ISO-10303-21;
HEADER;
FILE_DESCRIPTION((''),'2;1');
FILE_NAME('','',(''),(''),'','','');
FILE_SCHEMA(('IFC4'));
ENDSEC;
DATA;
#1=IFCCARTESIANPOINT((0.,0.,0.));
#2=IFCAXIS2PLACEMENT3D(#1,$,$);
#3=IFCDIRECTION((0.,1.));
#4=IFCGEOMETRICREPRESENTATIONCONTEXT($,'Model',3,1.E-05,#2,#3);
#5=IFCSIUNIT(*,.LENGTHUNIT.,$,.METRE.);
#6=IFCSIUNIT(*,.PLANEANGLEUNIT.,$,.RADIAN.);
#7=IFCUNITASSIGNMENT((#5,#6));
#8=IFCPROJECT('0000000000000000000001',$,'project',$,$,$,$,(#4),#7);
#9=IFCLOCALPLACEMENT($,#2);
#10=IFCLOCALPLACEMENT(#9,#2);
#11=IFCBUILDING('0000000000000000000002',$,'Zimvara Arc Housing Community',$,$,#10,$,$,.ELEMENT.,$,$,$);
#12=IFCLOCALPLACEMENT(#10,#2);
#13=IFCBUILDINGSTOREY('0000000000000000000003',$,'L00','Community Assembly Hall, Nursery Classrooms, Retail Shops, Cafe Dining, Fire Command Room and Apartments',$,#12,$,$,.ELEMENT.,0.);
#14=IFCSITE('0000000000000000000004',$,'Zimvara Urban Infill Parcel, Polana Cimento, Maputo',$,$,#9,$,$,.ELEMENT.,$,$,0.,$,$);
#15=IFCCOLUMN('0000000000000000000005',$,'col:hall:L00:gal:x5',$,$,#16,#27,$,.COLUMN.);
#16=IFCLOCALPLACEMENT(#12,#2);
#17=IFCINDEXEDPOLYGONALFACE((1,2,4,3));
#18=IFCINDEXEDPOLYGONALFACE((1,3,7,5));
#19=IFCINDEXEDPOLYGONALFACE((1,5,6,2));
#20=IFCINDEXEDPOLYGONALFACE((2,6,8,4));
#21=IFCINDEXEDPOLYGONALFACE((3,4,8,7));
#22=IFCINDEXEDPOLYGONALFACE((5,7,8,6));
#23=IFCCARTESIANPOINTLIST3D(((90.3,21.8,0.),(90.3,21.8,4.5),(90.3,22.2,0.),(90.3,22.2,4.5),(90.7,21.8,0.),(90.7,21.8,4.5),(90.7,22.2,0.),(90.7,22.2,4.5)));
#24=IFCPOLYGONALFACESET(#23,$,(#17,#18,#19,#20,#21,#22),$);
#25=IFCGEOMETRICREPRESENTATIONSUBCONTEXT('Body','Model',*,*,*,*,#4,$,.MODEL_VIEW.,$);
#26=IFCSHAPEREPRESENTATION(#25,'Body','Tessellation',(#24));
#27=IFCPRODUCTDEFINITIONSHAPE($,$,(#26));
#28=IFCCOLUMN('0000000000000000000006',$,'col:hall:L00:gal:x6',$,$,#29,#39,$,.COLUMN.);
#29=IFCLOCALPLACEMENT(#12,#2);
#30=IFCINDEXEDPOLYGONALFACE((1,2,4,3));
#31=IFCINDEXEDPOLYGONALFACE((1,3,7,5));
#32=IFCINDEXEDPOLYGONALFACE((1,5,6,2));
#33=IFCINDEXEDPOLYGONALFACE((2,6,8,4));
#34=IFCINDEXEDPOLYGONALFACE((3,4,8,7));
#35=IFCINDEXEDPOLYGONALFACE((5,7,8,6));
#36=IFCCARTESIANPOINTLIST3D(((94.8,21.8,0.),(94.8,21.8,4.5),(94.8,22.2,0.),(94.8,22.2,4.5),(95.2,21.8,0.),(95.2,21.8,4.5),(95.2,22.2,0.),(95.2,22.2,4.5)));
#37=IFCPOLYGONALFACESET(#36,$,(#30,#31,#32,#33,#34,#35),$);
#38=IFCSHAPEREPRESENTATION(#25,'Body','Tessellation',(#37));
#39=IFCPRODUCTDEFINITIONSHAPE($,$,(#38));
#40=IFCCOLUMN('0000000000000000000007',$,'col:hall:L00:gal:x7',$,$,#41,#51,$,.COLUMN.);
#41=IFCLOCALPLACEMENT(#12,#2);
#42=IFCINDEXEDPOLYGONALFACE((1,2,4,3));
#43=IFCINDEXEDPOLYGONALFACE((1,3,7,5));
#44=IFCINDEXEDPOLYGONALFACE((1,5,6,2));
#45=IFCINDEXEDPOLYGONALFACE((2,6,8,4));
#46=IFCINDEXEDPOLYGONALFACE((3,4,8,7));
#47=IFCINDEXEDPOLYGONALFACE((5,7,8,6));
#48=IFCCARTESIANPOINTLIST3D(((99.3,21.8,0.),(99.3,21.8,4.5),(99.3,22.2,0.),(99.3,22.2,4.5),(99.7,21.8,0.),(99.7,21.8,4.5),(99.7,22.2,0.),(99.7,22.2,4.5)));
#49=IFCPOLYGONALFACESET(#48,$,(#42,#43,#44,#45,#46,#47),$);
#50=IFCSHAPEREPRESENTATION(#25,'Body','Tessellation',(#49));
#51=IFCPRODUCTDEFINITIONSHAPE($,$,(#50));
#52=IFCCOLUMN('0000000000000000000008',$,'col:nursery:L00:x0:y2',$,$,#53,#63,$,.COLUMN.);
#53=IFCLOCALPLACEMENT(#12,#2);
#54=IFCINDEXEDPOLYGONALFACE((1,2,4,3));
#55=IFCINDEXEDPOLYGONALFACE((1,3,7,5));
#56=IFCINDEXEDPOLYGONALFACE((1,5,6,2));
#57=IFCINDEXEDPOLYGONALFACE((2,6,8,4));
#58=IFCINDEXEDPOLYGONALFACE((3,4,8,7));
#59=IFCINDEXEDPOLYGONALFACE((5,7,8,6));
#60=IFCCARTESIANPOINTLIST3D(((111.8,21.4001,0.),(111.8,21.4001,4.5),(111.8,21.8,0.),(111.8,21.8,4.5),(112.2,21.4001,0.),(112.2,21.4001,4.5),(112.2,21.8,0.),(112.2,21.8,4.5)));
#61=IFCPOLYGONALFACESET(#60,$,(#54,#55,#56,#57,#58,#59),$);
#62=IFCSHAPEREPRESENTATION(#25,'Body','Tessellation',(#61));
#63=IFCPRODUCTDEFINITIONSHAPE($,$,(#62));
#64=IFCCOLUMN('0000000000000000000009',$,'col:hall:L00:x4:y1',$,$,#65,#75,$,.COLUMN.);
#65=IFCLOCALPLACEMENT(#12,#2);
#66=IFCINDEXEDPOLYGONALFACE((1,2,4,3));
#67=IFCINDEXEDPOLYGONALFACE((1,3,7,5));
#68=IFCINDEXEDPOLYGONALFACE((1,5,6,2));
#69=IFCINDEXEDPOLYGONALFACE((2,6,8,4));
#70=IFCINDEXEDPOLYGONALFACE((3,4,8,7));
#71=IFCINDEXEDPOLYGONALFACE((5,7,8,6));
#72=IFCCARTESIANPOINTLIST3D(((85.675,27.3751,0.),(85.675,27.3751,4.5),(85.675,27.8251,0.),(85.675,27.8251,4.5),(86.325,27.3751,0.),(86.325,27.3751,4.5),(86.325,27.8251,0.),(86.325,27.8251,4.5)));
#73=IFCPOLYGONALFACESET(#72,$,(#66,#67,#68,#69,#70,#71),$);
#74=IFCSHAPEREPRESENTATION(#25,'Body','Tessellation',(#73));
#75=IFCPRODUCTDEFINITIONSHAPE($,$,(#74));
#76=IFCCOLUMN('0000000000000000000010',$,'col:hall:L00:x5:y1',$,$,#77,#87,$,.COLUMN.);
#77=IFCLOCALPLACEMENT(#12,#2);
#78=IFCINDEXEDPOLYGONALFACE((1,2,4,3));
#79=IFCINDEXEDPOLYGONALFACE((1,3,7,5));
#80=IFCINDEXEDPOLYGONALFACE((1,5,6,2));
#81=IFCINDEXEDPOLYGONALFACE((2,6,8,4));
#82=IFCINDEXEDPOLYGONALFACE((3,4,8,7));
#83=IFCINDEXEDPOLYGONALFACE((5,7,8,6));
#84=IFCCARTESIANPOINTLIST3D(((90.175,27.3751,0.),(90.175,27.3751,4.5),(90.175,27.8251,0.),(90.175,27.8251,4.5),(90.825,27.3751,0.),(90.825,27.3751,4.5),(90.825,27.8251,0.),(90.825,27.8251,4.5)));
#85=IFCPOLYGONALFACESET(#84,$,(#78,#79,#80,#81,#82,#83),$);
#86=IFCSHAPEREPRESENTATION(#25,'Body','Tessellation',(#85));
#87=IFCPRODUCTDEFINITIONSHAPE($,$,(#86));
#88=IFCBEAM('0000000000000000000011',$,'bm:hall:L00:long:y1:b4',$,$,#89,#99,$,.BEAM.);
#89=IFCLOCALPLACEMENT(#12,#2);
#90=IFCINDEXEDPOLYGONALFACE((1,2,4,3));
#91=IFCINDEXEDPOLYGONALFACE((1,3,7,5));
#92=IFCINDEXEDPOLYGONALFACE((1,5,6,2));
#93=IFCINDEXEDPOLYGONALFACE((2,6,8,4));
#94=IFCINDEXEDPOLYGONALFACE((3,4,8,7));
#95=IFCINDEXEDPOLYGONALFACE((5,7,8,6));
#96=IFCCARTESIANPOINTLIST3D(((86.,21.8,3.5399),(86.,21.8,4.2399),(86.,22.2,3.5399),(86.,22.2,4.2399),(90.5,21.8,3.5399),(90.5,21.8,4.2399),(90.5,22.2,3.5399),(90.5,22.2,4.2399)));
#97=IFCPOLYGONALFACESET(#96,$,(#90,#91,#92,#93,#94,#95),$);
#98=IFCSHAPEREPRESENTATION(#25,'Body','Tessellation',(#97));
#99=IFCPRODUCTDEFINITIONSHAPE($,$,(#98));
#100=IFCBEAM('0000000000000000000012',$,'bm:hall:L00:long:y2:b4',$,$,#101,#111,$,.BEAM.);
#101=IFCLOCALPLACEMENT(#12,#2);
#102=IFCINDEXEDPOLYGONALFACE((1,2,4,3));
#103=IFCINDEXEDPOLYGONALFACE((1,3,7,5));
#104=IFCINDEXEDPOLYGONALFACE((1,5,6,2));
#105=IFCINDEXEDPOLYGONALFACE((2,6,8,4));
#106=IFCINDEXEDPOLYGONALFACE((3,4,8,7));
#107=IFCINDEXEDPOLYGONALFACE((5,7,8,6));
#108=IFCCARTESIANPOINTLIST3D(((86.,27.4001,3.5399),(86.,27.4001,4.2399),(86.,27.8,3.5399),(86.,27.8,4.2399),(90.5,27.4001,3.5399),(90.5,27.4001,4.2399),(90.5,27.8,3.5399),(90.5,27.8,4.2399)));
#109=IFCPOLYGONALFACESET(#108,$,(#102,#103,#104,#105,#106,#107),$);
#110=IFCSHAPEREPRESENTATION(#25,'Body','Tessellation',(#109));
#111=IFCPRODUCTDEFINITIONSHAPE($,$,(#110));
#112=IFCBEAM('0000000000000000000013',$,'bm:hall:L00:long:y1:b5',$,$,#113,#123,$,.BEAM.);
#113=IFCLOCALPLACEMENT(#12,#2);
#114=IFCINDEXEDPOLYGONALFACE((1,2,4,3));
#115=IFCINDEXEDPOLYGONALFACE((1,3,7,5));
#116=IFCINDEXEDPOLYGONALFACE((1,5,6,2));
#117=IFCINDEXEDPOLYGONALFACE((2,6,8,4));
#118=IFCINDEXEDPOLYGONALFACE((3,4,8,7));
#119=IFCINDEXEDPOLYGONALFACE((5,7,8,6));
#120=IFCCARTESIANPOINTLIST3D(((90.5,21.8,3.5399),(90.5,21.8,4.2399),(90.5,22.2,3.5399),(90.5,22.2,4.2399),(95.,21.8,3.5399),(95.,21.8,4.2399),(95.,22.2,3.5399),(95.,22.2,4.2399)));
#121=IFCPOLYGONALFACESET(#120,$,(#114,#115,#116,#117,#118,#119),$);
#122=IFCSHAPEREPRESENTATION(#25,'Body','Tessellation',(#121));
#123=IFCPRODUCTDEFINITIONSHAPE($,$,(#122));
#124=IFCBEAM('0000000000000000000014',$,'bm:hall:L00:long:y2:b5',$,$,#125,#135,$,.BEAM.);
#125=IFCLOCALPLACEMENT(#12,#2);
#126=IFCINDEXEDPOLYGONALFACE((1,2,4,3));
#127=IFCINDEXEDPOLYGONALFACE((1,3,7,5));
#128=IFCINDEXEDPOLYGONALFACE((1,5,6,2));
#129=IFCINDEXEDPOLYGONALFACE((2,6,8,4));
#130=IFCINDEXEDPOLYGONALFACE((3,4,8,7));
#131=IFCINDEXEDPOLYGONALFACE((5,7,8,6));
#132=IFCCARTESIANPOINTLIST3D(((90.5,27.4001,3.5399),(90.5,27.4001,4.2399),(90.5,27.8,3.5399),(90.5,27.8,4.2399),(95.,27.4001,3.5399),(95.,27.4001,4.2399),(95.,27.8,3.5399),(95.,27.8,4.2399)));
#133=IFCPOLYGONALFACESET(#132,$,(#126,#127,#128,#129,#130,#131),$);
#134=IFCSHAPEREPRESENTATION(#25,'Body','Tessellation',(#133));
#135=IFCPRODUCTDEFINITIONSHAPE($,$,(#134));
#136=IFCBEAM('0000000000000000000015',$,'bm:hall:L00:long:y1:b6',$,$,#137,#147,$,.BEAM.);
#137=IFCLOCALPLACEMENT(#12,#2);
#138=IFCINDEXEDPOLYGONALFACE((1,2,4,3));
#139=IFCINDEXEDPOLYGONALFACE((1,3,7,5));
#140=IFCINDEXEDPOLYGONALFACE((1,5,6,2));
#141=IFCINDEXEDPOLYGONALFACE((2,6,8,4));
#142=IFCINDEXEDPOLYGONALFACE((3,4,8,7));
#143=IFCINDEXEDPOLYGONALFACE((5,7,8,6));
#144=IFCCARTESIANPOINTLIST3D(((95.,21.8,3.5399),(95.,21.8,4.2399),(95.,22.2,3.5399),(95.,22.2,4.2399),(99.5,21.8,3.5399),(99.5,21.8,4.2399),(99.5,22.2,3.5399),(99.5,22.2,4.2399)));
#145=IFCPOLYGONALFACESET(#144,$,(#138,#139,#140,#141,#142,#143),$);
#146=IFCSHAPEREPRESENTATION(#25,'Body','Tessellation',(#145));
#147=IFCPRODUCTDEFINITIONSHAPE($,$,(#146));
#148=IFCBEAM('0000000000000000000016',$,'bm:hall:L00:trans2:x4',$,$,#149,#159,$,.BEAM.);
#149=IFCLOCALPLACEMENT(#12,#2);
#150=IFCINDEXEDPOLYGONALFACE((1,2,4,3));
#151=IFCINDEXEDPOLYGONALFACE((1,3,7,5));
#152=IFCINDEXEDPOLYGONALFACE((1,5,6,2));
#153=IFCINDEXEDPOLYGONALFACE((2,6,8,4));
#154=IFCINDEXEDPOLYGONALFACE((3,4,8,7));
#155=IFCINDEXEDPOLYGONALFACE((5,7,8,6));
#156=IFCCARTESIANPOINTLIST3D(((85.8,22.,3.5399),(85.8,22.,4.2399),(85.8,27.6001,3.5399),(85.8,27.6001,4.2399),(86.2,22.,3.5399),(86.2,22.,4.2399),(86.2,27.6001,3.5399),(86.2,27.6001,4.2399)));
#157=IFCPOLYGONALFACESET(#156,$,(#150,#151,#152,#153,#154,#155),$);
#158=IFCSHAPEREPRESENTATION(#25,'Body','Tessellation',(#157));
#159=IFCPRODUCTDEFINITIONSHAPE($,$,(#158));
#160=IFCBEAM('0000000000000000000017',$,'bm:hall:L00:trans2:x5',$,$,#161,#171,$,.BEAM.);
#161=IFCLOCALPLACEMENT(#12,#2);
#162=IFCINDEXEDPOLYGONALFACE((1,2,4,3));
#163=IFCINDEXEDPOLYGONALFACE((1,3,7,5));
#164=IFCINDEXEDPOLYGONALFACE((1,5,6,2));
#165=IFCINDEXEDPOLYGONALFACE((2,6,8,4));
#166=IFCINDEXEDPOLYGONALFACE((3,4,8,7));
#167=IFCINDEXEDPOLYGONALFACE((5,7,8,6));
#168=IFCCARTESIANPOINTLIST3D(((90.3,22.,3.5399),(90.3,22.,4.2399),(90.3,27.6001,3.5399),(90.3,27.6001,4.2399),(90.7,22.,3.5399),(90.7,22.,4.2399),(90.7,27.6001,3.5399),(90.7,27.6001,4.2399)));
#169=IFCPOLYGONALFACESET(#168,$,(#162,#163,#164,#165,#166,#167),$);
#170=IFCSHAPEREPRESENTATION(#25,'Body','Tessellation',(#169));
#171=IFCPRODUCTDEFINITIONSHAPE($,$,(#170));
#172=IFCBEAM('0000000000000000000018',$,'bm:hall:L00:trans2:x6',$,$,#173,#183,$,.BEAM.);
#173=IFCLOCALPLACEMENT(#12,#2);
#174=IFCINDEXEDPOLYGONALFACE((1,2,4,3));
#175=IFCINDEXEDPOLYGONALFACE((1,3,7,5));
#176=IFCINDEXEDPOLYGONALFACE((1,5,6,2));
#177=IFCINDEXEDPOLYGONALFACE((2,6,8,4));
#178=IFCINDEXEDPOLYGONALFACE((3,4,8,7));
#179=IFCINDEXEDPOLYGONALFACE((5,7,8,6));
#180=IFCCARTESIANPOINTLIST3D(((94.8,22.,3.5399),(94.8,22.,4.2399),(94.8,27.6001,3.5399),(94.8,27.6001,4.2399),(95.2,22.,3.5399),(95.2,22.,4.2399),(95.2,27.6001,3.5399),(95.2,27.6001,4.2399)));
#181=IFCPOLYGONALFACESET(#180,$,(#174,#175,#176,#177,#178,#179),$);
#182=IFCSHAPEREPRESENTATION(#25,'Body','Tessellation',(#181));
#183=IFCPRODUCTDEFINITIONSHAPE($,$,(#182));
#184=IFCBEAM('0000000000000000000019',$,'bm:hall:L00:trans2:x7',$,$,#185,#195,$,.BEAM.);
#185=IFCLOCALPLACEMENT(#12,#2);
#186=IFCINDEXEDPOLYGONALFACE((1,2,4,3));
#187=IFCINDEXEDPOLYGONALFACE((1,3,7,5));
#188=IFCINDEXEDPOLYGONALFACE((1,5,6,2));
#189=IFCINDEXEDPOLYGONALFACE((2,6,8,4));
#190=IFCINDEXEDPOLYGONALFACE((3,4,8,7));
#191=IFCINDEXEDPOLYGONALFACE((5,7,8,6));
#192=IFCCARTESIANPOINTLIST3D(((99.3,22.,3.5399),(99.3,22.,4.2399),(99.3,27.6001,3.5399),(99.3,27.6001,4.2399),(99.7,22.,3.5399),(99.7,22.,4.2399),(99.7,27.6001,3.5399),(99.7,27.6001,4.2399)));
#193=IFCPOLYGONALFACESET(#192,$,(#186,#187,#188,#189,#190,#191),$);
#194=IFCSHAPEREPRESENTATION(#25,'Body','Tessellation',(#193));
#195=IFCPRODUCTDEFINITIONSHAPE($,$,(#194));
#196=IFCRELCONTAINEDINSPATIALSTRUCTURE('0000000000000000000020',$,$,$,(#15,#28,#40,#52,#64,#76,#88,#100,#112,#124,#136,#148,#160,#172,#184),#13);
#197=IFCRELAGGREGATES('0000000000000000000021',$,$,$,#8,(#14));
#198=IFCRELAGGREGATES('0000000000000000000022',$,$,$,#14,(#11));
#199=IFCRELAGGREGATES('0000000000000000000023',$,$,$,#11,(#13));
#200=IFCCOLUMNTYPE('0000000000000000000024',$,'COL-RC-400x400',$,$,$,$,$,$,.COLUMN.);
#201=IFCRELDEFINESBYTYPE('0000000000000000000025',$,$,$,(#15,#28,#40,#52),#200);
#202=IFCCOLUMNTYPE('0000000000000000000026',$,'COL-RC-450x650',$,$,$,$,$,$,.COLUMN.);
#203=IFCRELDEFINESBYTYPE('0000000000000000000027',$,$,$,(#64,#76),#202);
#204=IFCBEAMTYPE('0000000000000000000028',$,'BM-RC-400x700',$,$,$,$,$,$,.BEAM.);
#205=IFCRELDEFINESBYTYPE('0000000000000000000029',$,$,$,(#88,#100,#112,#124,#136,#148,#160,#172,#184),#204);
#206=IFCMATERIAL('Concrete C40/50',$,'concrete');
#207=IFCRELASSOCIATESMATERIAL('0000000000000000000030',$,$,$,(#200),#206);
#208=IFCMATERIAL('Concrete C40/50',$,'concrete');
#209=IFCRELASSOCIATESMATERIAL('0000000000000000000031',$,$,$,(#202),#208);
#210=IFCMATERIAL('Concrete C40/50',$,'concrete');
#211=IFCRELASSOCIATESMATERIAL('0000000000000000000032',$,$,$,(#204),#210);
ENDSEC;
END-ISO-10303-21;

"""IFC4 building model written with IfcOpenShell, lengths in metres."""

from ifc_helpers import new_model, si_unit, direction, frame, origin, origin_2d, place, context, subcontext, project, spatial, rectangle, extrude, material, material_profile, profile_set, type_object, element, save


model = new_model("IFC4")

# Units and contexts
model_context = context("Model", 3, precision=1e-05, world=origin(), true_north=direction((0.0, 1.0)))
body_context = subcontext(model_context, "Body", "Model", "MODEL_VIEW")
ifc_project = project(units=[si_unit("LENGTHUNIT", "METRE"), si_unit("PLANEANGLEUNIT", "RADIAN")], contexts=[model_context])

# Site, building, storey
site_placement = place(None, origin())
site = spatial("IfcSite", under=ifc_project, at=site_placement, Name="Zimvara Urban Infill Parcel, Polana Cimento, Maputo", CompositionType="ELEMENT", RefElevation=0.0)
building_placement = place(site_placement, origin())
building = spatial("IfcBuilding", under=site, at=building_placement, Name="Zimvara Arc Housing Community", CompositionType="ELEMENT")
storey_placement = place(building_placement, origin())
storey = spatial("IfcBuildingStorey", under=building, at=storey_placement, Name="L00", Description="Community Assembly Hall, Nursery Classrooms, Retail Shops, Cafe Dining, Fire Command Room and Apartments", CompositionType="ELEMENT", Elevation=0.0)

# Columns
ifc_material_1 = material(Name="Concrete C40/50", Category="concrete")
ifc_material_profile_1 = material_profile(ifc_material_1, rectangle(XDim=0.3999, YDim=0.3999, at=origin_2d()), Name="RC 400x400")
ifc_profile_set_1 = profile_set([ifc_material_profile_1], Name="Concrete C40/50")
column_type_1 = type_object("IfcColumnType", Name="COL-RC-400x400", PredefinedType="COLUMN", material=ifc_profile_set_1)
for number, where, z_axis, x_axis, name in (
    (1, (90.5, 22.0, 0.0), (0.0, 0.0, 1.0), (1.0, 0.0, 0.0), "col:hall:L00:gal:x5"),
    (2, (95.0, 22.0, 0.0), (0.0, 0.0, 1.0), (1.0, 0.0, 0.0), "col:hall:L00:gal:x6"),
    (3, (99.5, 22.0, 0.0), (0.0, 0.0, 1.0), (1.0, 0.0, 0.0), "col:hall:L00:gal:x7"),
    (4, (112.0, 21.6001, 0.0), (0.0, 0.0, 1.0), (1.0, 0.0, 0.0), "col:nursery:L00:x0:y2"),
):
    element("IfcColumn", number, at=place(storey_placement, frame(where, z_axis=z_axis, x_axis=x_axis)), inside=storey, type_object=column_type_1, Name=name, PredefinedType="COLUMN", context=body_context, shape_type="SweptSolid", body=[
        extrude(rectangle(XDim=0.3999, YDim=0.3999, at=origin_2d()), origin(), (0.0, 0.0, 1.0), 4.5),
    ])
ifc_material_2 = material(Name="Concrete C40/50", Category="concrete")
ifc_material_profile_2 = material_profile(ifc_material_2, rectangle(XDim=0.45, YDim=0.6499, at=origin_2d()), Name="RC 450x650")
ifc_profile_set_2 = profile_set([ifc_material_profile_2], Name="Concrete C40/50")
column_type_2 = type_object("IfcColumnType", Name="COL-RC-450x650", PredefinedType="COLUMN", material=ifc_profile_set_2)
for number, where, z_axis, x_axis, name in (
    (5, (86.0, 27.6001, 0.0), (0.0, 0.0, 1.0), (0.0, 1.0, 0.0), "col:hall:L00:x4:y1"),
    (6, (90.5, 27.6001, 0.0), (0.0, 0.0, 1.0), (0.0, 1.0, 0.0), "col:hall:L00:x5:y1"),
):
    element("IfcColumn", number, at=place(storey_placement, frame(where, z_axis=z_axis, x_axis=x_axis)), inside=storey, type_object=column_type_2, Name=name, PredefinedType="COLUMN", context=body_context, shape_type="SweptSolid", body=[
        extrude(rectangle(XDim=0.45, YDim=0.6499, at=origin_2d()), origin(), (0.0, 0.0, 1.0), 4.5),
    ])

# Beams
ifc_material_3 = material(Name="Concrete C40/50", Category="concrete")
ifc_material_profile_3 = material_profile(ifc_material_3, rectangle(XDim=0.3999, YDim=0.7, at=origin_2d()), Name="RC 400x700")
ifc_profile_set_3 = profile_set([ifc_material_profile_3], Name="Concrete C40/50")
beam_type_1 = type_object("IfcBeamType", Name="BM-RC-400x700", PredefinedType="BEAM", material=ifc_profile_set_3)
for number, where, z_axis, x_axis, name in (
    (7, (86.0, 22.0, 3.8899), (1.0, 0.0, 0.0), (0.0, 1.0, 0.0), "bm:hall:L00:long:y1:b4"),
    (8, (86.0, 27.6001, 3.8899), (1.0, 0.0, 0.0), (0.0, 1.0, 0.0), "bm:hall:L00:long:y2:b4"),
    (9, (90.5, 22.0, 3.8899), (1.0, 0.0, 0.0), (0.0, 1.0, 0.0), "bm:hall:L00:long:y1:b5"),
    (10, (90.5, 27.6001, 3.8899), (1.0, 0.0, 0.0), (0.0, 1.0, 0.0), "bm:hall:L00:long:y2:b5"),
    (11, (95.0, 22.0, 3.8899), (1.0, 0.0, 0.0), (0.0, 1.0, 0.0), "bm:hall:L00:long:y1:b6"),
):
    element("IfcBeam", number, at=place(storey_placement, frame(where, z_axis=z_axis, x_axis=x_axis)), inside=storey, type_object=beam_type_1, Name=name, PredefinedType="BEAM", context=body_context, shape_type="SweptSolid", body=[
        extrude(rectangle(XDim=0.3999, YDim=0.7, at=origin_2d()), origin(), (0.0, 0.0, 1.0), 4.5),
    ])
for number, where, z_axis, x_axis, name in (
    (12, (86.0, 22.0, 3.8899), (0.0, 1.0, 0.0), (-1.0, 0.0, 0.0), "bm:hall:L00:trans2:x4"),
    (13, (90.5, 22.0, 3.8899), (0.0, 1.0, 0.0), (-1.0, 0.0, 0.0), "bm:hall:L00:trans2:x5"),
    (14, (95.0, 22.0, 3.8899), (0.0, 1.0, 0.0), (-1.0, 0.0, 0.0), "bm:hall:L00:trans2:x6"),
    (15, (99.5, 22.0, 3.8899), (0.0, 1.0, 0.0), (-1.0, 0.0, 0.0), "bm:hall:L00:trans2:x7"),
):
    element("IfcBeam", number, at=place(storey_placement, frame(where, z_axis=z_axis, x_axis=x_axis)), inside=storey, type_object=beam_type_1, Name=name, PredefinedType="BEAM", context=body_context, shape_type="SweptSolid", body=[
        extrude(rectangle(XDim=0.3999, YDim=0.7, at=origin_2d()), origin(), (0.0, 0.0, 1.0), 5.6001),
    ])

save(model, "model.ifc")
